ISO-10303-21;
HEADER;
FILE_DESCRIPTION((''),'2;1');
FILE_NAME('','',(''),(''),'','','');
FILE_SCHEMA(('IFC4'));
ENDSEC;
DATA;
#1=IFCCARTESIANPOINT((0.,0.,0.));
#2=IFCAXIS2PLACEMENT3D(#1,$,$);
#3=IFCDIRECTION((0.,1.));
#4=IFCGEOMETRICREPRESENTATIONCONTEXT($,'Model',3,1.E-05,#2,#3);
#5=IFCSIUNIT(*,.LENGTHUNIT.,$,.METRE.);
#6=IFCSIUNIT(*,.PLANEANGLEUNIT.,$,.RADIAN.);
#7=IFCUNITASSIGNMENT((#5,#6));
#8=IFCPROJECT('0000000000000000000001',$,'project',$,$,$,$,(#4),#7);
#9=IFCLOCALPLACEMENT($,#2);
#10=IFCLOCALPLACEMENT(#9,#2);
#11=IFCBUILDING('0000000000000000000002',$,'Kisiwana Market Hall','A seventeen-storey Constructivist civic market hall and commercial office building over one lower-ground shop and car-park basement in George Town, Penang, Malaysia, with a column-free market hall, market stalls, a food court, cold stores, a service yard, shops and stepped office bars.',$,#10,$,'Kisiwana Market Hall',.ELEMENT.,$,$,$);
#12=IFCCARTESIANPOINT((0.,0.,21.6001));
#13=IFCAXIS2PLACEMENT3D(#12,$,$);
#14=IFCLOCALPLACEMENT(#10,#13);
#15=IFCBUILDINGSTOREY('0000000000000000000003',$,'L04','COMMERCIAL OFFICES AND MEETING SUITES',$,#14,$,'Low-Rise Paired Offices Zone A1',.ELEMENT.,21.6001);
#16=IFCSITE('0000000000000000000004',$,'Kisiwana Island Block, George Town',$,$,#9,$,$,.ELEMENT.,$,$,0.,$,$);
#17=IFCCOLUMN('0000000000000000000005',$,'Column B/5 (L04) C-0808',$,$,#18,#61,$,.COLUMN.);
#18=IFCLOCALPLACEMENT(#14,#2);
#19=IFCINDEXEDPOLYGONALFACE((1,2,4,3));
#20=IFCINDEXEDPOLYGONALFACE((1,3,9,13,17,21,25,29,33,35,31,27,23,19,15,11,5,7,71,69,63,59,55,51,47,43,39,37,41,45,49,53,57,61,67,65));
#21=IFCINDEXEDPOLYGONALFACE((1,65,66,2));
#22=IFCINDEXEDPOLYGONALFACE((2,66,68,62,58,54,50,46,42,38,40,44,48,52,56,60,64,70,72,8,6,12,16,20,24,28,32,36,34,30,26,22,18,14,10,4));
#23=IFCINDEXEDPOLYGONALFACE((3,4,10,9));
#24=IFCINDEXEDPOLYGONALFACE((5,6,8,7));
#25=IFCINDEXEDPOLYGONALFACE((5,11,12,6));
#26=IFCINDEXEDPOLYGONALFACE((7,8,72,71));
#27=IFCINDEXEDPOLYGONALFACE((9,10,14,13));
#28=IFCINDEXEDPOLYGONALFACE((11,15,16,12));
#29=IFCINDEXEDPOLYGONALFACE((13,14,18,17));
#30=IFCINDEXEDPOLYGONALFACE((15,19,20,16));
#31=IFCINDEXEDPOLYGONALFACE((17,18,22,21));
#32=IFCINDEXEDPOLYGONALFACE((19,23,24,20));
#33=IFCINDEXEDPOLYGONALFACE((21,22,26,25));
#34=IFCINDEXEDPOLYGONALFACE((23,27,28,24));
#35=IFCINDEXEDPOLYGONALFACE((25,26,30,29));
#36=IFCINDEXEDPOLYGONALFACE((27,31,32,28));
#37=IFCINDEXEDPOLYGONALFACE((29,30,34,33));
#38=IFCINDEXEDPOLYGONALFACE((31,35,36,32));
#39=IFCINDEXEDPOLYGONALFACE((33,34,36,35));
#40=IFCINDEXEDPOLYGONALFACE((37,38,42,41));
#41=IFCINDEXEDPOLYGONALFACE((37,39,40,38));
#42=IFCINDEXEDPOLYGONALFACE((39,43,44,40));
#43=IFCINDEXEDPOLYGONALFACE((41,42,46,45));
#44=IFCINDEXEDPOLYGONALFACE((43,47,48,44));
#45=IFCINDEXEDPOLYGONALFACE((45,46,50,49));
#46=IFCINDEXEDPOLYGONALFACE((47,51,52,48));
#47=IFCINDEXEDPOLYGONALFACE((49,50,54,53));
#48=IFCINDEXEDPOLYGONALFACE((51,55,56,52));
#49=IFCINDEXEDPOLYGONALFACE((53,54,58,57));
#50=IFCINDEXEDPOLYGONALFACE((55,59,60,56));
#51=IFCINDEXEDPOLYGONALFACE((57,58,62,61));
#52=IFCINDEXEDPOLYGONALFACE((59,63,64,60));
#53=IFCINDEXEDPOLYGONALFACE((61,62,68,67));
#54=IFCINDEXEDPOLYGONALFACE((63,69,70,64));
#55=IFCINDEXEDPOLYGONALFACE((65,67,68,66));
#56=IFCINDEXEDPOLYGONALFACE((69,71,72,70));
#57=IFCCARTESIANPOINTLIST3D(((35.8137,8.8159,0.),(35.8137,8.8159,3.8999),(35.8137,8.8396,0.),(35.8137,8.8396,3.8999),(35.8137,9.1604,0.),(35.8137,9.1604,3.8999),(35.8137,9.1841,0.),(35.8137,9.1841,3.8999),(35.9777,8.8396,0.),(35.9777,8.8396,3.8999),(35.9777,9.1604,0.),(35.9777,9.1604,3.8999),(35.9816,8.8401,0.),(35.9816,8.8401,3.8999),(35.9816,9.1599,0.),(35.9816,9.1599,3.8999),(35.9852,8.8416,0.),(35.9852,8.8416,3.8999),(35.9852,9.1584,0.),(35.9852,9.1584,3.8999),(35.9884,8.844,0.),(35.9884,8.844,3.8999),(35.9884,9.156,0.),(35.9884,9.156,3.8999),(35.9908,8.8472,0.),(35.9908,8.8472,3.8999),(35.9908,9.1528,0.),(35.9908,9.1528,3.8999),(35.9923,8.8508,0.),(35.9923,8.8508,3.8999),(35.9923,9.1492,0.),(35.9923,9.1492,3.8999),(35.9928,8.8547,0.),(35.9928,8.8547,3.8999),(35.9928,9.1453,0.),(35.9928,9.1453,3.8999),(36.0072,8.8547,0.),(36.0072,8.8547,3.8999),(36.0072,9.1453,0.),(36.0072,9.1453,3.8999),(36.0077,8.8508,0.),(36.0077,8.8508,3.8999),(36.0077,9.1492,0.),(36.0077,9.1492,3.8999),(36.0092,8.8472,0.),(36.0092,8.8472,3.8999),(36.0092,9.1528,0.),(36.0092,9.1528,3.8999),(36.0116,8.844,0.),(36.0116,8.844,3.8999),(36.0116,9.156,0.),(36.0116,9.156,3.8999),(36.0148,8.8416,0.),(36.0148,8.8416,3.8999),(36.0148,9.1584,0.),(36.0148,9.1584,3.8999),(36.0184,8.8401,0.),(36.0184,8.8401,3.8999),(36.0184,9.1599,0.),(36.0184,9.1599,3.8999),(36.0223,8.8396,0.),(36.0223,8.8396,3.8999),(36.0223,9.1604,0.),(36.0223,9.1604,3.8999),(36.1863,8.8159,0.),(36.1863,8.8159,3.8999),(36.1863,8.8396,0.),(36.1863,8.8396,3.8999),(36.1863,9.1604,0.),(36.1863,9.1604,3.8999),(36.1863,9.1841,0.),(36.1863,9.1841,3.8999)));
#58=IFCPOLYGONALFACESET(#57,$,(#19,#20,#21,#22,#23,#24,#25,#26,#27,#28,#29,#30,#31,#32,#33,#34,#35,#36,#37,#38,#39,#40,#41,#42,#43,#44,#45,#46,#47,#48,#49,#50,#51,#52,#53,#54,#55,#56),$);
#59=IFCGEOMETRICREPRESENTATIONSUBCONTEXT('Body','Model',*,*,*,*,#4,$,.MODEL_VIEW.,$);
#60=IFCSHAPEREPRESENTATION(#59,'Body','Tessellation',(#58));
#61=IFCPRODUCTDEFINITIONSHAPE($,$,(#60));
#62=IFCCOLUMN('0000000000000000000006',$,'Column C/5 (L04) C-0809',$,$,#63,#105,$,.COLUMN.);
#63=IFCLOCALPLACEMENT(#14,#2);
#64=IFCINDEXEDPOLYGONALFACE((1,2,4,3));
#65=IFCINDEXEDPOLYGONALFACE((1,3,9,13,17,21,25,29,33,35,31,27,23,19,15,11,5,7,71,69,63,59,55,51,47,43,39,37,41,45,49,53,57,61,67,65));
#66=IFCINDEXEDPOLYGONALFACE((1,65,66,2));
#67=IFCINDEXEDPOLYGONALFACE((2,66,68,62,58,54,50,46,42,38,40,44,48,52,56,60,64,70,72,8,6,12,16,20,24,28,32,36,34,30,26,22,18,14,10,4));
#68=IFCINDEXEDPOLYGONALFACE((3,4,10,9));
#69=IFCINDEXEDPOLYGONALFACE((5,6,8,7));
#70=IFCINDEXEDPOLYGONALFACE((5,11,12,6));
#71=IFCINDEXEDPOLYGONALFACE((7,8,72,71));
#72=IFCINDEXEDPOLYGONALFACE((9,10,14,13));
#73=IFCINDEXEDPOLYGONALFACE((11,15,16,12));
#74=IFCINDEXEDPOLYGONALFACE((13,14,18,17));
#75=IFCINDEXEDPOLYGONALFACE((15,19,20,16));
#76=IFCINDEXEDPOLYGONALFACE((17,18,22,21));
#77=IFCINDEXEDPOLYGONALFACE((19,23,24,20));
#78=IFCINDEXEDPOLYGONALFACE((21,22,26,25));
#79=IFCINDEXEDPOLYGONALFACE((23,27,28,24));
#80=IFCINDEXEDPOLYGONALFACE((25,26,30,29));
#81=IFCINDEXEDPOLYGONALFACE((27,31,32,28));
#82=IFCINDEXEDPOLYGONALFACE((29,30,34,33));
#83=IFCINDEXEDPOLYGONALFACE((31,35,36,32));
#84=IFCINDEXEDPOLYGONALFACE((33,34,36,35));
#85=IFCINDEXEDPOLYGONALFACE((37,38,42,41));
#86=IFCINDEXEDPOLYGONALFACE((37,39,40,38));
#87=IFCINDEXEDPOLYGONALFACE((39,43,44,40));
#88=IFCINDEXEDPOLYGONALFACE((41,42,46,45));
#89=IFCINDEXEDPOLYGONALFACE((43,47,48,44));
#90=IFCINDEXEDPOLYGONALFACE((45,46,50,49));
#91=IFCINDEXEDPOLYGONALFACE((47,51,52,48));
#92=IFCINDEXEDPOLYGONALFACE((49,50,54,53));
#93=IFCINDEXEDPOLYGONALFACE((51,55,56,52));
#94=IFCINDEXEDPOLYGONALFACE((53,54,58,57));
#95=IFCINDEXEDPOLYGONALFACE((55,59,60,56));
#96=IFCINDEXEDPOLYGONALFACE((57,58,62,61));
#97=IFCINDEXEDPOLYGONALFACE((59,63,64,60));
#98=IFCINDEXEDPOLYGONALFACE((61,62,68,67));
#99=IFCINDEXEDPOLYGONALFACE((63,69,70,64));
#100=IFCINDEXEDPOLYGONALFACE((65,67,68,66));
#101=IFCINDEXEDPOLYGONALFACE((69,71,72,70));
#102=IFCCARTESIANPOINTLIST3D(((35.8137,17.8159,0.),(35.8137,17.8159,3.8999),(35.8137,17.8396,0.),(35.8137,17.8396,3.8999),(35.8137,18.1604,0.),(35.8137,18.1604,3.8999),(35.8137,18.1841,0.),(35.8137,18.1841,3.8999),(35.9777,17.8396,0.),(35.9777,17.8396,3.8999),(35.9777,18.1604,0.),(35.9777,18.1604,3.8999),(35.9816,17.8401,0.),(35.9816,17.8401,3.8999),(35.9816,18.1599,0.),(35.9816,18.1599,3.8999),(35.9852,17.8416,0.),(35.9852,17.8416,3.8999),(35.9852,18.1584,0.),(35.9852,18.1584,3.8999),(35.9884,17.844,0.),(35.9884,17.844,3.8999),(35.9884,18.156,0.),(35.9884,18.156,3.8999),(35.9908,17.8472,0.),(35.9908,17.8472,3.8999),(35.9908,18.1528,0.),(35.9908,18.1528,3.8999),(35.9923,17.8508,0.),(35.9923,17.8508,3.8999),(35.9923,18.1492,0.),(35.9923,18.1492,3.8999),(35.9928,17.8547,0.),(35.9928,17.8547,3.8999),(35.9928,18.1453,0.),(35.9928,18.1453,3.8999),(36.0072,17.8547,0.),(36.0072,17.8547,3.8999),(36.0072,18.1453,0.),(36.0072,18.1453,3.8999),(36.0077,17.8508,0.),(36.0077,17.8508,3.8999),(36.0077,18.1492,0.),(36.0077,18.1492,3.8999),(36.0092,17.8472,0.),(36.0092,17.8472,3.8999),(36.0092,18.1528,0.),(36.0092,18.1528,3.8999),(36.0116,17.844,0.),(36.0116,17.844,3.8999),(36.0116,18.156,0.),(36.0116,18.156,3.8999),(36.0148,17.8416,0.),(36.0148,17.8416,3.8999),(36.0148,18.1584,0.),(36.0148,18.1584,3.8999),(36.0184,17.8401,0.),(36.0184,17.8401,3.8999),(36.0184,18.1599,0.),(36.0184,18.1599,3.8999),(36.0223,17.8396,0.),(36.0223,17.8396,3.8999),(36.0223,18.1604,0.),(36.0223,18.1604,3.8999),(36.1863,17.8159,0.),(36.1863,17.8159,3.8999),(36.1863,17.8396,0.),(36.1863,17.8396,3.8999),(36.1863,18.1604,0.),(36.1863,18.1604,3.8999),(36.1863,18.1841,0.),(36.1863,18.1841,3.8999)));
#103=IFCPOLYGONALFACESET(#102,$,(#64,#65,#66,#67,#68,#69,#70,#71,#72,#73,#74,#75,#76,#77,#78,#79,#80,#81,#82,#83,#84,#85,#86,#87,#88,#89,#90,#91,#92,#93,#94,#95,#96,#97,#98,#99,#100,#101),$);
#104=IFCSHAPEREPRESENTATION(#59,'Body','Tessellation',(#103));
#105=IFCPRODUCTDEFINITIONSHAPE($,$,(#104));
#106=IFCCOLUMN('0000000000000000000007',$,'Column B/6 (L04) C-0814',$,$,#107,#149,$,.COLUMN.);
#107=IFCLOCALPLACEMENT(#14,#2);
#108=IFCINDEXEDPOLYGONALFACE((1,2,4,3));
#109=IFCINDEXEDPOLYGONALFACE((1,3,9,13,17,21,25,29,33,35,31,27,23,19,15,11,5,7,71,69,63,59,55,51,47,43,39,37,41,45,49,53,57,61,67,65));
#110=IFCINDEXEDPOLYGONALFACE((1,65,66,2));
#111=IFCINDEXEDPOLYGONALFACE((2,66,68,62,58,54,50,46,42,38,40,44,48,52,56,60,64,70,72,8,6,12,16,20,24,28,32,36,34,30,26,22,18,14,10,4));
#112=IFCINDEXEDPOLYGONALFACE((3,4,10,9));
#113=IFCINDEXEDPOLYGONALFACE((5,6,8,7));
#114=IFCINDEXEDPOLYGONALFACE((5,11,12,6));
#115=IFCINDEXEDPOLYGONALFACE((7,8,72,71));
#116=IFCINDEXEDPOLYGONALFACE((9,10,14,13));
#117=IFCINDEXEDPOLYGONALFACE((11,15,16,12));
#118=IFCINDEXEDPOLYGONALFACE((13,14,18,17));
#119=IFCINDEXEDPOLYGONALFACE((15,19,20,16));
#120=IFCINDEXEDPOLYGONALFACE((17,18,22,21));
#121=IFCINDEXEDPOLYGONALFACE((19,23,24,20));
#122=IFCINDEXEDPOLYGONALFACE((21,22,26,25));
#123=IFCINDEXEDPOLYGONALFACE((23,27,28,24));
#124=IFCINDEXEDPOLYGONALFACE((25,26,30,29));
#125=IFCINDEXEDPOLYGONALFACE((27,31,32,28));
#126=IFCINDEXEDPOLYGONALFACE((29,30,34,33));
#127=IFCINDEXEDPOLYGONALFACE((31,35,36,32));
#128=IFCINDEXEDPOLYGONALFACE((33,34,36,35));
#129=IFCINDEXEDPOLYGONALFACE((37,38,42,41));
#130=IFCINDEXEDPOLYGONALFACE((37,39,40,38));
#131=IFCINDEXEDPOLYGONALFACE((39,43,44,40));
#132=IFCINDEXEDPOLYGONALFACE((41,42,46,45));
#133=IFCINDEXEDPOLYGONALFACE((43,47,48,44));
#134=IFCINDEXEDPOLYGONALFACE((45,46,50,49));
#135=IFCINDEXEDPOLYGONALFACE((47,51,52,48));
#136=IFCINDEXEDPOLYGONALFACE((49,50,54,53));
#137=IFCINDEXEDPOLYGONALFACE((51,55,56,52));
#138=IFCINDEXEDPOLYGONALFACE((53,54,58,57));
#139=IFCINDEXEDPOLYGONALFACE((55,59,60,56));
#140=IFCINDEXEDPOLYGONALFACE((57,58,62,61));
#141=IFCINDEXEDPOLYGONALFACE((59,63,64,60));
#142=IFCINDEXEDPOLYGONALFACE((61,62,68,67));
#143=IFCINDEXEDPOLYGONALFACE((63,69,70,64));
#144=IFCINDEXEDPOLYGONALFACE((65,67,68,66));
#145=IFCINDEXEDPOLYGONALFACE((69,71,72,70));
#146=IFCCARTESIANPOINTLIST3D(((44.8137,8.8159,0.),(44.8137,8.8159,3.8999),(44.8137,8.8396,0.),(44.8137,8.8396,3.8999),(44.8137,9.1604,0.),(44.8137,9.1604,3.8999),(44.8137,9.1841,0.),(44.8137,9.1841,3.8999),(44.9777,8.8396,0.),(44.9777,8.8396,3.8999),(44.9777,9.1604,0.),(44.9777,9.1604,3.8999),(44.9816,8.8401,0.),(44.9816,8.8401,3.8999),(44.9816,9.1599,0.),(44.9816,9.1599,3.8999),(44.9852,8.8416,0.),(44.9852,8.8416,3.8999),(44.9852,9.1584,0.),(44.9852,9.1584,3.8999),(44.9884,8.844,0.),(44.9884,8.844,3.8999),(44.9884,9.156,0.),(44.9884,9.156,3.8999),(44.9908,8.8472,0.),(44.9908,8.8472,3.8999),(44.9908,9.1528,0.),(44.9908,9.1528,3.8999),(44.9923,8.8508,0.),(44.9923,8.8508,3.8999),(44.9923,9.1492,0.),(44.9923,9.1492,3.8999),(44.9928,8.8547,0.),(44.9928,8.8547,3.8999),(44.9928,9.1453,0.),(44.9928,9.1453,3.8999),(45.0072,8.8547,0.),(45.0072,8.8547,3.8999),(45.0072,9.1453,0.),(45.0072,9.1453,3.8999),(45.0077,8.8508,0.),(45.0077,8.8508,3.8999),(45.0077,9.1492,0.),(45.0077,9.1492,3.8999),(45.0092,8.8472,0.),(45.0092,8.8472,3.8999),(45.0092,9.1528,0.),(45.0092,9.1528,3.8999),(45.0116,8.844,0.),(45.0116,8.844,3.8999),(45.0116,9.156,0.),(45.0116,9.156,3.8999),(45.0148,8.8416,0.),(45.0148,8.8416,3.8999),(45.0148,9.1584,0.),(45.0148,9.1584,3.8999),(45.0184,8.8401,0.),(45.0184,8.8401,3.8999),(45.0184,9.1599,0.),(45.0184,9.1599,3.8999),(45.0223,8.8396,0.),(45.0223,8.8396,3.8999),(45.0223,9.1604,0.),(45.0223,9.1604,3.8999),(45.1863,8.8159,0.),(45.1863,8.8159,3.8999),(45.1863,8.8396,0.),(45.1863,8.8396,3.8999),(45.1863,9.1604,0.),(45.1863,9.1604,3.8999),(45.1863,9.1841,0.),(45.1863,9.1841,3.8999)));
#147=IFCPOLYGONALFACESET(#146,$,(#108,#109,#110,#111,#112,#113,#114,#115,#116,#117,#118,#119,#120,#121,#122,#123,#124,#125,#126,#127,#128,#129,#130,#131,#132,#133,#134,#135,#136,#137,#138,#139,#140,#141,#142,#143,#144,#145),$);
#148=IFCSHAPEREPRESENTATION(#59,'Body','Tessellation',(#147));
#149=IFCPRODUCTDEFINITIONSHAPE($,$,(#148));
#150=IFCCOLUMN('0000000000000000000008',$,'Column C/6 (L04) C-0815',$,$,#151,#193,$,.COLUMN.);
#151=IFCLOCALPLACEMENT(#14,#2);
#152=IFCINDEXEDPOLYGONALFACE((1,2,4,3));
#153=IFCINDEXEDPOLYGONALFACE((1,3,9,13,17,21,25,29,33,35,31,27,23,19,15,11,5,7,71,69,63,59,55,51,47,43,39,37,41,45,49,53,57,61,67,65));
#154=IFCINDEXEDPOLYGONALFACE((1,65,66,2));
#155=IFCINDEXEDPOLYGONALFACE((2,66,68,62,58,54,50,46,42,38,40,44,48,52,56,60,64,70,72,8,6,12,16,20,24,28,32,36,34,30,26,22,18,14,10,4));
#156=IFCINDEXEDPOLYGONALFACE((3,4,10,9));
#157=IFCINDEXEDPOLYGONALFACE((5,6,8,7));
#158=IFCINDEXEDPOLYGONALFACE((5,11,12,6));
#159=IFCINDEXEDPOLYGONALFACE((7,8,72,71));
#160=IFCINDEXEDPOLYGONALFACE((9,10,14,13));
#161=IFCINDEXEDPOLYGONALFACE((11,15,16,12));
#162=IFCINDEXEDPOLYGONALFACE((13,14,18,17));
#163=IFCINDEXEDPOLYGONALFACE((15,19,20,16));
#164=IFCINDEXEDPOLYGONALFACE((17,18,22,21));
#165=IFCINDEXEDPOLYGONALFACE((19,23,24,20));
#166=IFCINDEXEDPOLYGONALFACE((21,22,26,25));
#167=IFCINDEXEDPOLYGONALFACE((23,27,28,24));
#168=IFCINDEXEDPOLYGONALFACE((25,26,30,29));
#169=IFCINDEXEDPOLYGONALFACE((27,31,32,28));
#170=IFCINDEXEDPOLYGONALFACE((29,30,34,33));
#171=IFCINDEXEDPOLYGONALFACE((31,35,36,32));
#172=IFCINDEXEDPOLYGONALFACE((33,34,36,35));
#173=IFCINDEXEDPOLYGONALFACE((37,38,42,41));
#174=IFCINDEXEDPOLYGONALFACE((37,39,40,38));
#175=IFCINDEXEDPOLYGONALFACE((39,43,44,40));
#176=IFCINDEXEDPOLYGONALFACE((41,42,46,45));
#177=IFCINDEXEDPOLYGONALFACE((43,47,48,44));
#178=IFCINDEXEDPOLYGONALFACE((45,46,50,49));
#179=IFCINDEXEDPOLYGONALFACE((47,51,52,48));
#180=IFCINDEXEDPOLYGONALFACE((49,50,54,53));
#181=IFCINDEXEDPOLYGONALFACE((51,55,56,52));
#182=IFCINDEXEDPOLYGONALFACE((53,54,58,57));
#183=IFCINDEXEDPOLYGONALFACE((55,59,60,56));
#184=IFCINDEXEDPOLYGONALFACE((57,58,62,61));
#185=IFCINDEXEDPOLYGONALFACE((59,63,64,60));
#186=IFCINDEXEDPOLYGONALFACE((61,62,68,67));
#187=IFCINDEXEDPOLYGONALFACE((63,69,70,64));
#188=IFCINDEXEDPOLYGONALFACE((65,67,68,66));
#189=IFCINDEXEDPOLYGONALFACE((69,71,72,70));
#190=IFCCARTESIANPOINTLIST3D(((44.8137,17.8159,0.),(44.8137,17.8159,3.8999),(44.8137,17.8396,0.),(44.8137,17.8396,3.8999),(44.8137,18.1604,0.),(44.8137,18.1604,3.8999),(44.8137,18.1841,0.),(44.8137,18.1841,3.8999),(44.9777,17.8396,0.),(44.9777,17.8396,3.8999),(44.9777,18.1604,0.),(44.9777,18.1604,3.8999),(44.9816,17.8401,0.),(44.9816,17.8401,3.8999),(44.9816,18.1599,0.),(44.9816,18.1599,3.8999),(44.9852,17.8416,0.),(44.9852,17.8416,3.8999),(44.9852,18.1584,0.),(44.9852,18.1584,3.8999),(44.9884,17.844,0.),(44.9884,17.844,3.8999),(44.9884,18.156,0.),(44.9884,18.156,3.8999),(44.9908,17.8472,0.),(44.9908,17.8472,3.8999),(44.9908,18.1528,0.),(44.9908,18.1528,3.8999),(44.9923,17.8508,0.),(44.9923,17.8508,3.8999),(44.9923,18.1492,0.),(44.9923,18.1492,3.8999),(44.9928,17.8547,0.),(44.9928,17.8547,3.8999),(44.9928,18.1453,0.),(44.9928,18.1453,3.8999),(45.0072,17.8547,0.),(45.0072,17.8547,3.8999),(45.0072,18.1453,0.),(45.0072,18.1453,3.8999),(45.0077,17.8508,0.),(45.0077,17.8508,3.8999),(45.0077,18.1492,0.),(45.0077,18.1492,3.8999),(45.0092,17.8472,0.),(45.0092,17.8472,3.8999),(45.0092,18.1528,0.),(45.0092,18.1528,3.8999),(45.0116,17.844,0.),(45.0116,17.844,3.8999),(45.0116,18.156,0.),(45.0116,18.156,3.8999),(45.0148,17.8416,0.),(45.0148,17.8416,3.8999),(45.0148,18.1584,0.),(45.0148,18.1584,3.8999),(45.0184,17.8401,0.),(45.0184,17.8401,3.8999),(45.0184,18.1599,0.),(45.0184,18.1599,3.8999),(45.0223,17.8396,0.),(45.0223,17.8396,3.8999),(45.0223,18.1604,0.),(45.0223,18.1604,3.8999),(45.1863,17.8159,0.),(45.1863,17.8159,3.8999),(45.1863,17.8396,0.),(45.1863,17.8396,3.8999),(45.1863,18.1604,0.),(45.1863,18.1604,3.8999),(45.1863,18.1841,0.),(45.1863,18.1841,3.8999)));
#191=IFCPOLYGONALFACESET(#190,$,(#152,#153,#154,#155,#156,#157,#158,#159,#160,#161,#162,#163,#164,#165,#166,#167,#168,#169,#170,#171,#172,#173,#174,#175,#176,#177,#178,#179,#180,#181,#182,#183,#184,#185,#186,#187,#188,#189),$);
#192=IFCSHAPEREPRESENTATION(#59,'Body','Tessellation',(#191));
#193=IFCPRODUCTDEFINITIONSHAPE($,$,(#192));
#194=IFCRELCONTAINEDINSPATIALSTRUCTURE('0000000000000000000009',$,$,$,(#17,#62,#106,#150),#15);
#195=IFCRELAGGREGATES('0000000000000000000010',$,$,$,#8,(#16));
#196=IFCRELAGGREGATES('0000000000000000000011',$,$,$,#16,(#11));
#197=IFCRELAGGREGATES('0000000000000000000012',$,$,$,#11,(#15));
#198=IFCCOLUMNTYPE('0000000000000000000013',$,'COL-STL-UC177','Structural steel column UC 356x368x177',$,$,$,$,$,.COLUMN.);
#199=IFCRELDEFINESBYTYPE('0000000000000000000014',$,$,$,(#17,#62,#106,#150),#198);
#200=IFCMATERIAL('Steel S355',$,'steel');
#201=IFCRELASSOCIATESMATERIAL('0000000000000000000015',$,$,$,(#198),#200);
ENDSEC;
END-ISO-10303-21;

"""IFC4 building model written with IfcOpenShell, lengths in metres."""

from ifc_helpers import new_model, si_unit, direction, frame, origin, origin_2d, place, context, subcontext, project, spatial, i_section, extrude, material, material_profile, profile_set, type_object, element, save


model = new_model("IFC4")

# Units and contexts
model_context = context("Model", 3, precision=1e-05, world=origin(), true_north=direction((0.0, 1.0)))
body_context = subcontext(model_context, "Body", "Model", "MODEL_VIEW")
ifc_project = project(units=[si_unit("LENGTHUNIT", "METRE"), si_unit("PLANEANGLEUNIT", "RADIAN")], contexts=[model_context])

# Site, building, storey
site_placement = place(None, origin())
site = spatial("IfcSite", under=ifc_project, at=site_placement, Name="Kisiwana Island Block, George Town", CompositionType="ELEMENT", RefElevation=0.0)
building_placement = place(site_placement, origin())
building = spatial("IfcBuilding", under=site, at=building_placement, Name="Kisiwana Market Hall", Description="A seventeen-storey Constructivist civic market hall and commercial office building over one lower-ground shop and car-park basement in George Town, Penang, Malaysia, with a column-free market hall, market stalls, a food court, cold stores, a service yard, shops and stepped office bars.", LongName="Kisiwana Market Hall", CompositionType="ELEMENT")
storey_placement = place(building_placement, frame((0.0, 0.0, 21.6001)))
storey = spatial("IfcBuildingStorey", under=building, at=storey_placement, Name="L04", Description="COMMERCIAL OFFICES AND MEETING SUITES", LongName="Low-Rise Paired Offices Zone A1", CompositionType="ELEMENT", Elevation=21.6001)

# Columns
ifc_material_1 = material(Name="Steel S355", Category="steel")
ifc_material_profile_1 = material_profile(ifc_material_1, i_section(OverallWidth=0.3726, OverallDepth=0.3682, WebThickness=0.0144, FlangeThickness=0.0237, FilletRadius=0.0151, at=origin_2d()), Name="UC 356x368x177")
ifc_profile_set_1 = profile_set([ifc_material_profile_1], Name="Steel S355")
column_type = type_object("IfcColumnType", Name="COL-STL-UC177", Description="Structural steel column UC 356x368x177", PredefinedType="COLUMN", material=ifc_profile_set_1)
for number, where, z_axis, x_axis, name in (
    (1, (36.0, 9.0, 0.0), (0.0, 0.0, 1.0), (1.0, 0.0, 0.0), "Column B/5 (L04) C-0808"),
    (2, (36.0, 18.0, 0.0), (0.0, 0.0, 1.0), (1.0, 0.0, 0.0), "Column C/5 (L04) C-0809"),
    (3, (45.0, 9.0, 0.0), (0.0, 0.0, 1.0), (1.0, 0.0, 0.0), "Column B/6 (L04) C-0814"),
    (4, (45.0, 18.0, 0.0), (0.0, 0.0, 1.0), (1.0, 0.0, 0.0), "Column C/6 (L04) C-0815"),
):
    element("IfcColumn", number, at=place(storey_placement, frame(where, z_axis=z_axis, x_axis=x_axis)), inside=storey, type_object=column_type, Name=name, PredefinedType="COLUMN", context=body_context, shape_type="SweptSolid", body=[
        extrude(i_section(OverallWidth=0.3726, OverallDepth=0.3682, WebThickness=0.0144, FlangeThickness=0.0237, FilletRadius=0.0151, at=origin_2d()), origin(), (0.0, 0.0, 1.0), 3.8999),
    ])

save(model, "model.ifc")
